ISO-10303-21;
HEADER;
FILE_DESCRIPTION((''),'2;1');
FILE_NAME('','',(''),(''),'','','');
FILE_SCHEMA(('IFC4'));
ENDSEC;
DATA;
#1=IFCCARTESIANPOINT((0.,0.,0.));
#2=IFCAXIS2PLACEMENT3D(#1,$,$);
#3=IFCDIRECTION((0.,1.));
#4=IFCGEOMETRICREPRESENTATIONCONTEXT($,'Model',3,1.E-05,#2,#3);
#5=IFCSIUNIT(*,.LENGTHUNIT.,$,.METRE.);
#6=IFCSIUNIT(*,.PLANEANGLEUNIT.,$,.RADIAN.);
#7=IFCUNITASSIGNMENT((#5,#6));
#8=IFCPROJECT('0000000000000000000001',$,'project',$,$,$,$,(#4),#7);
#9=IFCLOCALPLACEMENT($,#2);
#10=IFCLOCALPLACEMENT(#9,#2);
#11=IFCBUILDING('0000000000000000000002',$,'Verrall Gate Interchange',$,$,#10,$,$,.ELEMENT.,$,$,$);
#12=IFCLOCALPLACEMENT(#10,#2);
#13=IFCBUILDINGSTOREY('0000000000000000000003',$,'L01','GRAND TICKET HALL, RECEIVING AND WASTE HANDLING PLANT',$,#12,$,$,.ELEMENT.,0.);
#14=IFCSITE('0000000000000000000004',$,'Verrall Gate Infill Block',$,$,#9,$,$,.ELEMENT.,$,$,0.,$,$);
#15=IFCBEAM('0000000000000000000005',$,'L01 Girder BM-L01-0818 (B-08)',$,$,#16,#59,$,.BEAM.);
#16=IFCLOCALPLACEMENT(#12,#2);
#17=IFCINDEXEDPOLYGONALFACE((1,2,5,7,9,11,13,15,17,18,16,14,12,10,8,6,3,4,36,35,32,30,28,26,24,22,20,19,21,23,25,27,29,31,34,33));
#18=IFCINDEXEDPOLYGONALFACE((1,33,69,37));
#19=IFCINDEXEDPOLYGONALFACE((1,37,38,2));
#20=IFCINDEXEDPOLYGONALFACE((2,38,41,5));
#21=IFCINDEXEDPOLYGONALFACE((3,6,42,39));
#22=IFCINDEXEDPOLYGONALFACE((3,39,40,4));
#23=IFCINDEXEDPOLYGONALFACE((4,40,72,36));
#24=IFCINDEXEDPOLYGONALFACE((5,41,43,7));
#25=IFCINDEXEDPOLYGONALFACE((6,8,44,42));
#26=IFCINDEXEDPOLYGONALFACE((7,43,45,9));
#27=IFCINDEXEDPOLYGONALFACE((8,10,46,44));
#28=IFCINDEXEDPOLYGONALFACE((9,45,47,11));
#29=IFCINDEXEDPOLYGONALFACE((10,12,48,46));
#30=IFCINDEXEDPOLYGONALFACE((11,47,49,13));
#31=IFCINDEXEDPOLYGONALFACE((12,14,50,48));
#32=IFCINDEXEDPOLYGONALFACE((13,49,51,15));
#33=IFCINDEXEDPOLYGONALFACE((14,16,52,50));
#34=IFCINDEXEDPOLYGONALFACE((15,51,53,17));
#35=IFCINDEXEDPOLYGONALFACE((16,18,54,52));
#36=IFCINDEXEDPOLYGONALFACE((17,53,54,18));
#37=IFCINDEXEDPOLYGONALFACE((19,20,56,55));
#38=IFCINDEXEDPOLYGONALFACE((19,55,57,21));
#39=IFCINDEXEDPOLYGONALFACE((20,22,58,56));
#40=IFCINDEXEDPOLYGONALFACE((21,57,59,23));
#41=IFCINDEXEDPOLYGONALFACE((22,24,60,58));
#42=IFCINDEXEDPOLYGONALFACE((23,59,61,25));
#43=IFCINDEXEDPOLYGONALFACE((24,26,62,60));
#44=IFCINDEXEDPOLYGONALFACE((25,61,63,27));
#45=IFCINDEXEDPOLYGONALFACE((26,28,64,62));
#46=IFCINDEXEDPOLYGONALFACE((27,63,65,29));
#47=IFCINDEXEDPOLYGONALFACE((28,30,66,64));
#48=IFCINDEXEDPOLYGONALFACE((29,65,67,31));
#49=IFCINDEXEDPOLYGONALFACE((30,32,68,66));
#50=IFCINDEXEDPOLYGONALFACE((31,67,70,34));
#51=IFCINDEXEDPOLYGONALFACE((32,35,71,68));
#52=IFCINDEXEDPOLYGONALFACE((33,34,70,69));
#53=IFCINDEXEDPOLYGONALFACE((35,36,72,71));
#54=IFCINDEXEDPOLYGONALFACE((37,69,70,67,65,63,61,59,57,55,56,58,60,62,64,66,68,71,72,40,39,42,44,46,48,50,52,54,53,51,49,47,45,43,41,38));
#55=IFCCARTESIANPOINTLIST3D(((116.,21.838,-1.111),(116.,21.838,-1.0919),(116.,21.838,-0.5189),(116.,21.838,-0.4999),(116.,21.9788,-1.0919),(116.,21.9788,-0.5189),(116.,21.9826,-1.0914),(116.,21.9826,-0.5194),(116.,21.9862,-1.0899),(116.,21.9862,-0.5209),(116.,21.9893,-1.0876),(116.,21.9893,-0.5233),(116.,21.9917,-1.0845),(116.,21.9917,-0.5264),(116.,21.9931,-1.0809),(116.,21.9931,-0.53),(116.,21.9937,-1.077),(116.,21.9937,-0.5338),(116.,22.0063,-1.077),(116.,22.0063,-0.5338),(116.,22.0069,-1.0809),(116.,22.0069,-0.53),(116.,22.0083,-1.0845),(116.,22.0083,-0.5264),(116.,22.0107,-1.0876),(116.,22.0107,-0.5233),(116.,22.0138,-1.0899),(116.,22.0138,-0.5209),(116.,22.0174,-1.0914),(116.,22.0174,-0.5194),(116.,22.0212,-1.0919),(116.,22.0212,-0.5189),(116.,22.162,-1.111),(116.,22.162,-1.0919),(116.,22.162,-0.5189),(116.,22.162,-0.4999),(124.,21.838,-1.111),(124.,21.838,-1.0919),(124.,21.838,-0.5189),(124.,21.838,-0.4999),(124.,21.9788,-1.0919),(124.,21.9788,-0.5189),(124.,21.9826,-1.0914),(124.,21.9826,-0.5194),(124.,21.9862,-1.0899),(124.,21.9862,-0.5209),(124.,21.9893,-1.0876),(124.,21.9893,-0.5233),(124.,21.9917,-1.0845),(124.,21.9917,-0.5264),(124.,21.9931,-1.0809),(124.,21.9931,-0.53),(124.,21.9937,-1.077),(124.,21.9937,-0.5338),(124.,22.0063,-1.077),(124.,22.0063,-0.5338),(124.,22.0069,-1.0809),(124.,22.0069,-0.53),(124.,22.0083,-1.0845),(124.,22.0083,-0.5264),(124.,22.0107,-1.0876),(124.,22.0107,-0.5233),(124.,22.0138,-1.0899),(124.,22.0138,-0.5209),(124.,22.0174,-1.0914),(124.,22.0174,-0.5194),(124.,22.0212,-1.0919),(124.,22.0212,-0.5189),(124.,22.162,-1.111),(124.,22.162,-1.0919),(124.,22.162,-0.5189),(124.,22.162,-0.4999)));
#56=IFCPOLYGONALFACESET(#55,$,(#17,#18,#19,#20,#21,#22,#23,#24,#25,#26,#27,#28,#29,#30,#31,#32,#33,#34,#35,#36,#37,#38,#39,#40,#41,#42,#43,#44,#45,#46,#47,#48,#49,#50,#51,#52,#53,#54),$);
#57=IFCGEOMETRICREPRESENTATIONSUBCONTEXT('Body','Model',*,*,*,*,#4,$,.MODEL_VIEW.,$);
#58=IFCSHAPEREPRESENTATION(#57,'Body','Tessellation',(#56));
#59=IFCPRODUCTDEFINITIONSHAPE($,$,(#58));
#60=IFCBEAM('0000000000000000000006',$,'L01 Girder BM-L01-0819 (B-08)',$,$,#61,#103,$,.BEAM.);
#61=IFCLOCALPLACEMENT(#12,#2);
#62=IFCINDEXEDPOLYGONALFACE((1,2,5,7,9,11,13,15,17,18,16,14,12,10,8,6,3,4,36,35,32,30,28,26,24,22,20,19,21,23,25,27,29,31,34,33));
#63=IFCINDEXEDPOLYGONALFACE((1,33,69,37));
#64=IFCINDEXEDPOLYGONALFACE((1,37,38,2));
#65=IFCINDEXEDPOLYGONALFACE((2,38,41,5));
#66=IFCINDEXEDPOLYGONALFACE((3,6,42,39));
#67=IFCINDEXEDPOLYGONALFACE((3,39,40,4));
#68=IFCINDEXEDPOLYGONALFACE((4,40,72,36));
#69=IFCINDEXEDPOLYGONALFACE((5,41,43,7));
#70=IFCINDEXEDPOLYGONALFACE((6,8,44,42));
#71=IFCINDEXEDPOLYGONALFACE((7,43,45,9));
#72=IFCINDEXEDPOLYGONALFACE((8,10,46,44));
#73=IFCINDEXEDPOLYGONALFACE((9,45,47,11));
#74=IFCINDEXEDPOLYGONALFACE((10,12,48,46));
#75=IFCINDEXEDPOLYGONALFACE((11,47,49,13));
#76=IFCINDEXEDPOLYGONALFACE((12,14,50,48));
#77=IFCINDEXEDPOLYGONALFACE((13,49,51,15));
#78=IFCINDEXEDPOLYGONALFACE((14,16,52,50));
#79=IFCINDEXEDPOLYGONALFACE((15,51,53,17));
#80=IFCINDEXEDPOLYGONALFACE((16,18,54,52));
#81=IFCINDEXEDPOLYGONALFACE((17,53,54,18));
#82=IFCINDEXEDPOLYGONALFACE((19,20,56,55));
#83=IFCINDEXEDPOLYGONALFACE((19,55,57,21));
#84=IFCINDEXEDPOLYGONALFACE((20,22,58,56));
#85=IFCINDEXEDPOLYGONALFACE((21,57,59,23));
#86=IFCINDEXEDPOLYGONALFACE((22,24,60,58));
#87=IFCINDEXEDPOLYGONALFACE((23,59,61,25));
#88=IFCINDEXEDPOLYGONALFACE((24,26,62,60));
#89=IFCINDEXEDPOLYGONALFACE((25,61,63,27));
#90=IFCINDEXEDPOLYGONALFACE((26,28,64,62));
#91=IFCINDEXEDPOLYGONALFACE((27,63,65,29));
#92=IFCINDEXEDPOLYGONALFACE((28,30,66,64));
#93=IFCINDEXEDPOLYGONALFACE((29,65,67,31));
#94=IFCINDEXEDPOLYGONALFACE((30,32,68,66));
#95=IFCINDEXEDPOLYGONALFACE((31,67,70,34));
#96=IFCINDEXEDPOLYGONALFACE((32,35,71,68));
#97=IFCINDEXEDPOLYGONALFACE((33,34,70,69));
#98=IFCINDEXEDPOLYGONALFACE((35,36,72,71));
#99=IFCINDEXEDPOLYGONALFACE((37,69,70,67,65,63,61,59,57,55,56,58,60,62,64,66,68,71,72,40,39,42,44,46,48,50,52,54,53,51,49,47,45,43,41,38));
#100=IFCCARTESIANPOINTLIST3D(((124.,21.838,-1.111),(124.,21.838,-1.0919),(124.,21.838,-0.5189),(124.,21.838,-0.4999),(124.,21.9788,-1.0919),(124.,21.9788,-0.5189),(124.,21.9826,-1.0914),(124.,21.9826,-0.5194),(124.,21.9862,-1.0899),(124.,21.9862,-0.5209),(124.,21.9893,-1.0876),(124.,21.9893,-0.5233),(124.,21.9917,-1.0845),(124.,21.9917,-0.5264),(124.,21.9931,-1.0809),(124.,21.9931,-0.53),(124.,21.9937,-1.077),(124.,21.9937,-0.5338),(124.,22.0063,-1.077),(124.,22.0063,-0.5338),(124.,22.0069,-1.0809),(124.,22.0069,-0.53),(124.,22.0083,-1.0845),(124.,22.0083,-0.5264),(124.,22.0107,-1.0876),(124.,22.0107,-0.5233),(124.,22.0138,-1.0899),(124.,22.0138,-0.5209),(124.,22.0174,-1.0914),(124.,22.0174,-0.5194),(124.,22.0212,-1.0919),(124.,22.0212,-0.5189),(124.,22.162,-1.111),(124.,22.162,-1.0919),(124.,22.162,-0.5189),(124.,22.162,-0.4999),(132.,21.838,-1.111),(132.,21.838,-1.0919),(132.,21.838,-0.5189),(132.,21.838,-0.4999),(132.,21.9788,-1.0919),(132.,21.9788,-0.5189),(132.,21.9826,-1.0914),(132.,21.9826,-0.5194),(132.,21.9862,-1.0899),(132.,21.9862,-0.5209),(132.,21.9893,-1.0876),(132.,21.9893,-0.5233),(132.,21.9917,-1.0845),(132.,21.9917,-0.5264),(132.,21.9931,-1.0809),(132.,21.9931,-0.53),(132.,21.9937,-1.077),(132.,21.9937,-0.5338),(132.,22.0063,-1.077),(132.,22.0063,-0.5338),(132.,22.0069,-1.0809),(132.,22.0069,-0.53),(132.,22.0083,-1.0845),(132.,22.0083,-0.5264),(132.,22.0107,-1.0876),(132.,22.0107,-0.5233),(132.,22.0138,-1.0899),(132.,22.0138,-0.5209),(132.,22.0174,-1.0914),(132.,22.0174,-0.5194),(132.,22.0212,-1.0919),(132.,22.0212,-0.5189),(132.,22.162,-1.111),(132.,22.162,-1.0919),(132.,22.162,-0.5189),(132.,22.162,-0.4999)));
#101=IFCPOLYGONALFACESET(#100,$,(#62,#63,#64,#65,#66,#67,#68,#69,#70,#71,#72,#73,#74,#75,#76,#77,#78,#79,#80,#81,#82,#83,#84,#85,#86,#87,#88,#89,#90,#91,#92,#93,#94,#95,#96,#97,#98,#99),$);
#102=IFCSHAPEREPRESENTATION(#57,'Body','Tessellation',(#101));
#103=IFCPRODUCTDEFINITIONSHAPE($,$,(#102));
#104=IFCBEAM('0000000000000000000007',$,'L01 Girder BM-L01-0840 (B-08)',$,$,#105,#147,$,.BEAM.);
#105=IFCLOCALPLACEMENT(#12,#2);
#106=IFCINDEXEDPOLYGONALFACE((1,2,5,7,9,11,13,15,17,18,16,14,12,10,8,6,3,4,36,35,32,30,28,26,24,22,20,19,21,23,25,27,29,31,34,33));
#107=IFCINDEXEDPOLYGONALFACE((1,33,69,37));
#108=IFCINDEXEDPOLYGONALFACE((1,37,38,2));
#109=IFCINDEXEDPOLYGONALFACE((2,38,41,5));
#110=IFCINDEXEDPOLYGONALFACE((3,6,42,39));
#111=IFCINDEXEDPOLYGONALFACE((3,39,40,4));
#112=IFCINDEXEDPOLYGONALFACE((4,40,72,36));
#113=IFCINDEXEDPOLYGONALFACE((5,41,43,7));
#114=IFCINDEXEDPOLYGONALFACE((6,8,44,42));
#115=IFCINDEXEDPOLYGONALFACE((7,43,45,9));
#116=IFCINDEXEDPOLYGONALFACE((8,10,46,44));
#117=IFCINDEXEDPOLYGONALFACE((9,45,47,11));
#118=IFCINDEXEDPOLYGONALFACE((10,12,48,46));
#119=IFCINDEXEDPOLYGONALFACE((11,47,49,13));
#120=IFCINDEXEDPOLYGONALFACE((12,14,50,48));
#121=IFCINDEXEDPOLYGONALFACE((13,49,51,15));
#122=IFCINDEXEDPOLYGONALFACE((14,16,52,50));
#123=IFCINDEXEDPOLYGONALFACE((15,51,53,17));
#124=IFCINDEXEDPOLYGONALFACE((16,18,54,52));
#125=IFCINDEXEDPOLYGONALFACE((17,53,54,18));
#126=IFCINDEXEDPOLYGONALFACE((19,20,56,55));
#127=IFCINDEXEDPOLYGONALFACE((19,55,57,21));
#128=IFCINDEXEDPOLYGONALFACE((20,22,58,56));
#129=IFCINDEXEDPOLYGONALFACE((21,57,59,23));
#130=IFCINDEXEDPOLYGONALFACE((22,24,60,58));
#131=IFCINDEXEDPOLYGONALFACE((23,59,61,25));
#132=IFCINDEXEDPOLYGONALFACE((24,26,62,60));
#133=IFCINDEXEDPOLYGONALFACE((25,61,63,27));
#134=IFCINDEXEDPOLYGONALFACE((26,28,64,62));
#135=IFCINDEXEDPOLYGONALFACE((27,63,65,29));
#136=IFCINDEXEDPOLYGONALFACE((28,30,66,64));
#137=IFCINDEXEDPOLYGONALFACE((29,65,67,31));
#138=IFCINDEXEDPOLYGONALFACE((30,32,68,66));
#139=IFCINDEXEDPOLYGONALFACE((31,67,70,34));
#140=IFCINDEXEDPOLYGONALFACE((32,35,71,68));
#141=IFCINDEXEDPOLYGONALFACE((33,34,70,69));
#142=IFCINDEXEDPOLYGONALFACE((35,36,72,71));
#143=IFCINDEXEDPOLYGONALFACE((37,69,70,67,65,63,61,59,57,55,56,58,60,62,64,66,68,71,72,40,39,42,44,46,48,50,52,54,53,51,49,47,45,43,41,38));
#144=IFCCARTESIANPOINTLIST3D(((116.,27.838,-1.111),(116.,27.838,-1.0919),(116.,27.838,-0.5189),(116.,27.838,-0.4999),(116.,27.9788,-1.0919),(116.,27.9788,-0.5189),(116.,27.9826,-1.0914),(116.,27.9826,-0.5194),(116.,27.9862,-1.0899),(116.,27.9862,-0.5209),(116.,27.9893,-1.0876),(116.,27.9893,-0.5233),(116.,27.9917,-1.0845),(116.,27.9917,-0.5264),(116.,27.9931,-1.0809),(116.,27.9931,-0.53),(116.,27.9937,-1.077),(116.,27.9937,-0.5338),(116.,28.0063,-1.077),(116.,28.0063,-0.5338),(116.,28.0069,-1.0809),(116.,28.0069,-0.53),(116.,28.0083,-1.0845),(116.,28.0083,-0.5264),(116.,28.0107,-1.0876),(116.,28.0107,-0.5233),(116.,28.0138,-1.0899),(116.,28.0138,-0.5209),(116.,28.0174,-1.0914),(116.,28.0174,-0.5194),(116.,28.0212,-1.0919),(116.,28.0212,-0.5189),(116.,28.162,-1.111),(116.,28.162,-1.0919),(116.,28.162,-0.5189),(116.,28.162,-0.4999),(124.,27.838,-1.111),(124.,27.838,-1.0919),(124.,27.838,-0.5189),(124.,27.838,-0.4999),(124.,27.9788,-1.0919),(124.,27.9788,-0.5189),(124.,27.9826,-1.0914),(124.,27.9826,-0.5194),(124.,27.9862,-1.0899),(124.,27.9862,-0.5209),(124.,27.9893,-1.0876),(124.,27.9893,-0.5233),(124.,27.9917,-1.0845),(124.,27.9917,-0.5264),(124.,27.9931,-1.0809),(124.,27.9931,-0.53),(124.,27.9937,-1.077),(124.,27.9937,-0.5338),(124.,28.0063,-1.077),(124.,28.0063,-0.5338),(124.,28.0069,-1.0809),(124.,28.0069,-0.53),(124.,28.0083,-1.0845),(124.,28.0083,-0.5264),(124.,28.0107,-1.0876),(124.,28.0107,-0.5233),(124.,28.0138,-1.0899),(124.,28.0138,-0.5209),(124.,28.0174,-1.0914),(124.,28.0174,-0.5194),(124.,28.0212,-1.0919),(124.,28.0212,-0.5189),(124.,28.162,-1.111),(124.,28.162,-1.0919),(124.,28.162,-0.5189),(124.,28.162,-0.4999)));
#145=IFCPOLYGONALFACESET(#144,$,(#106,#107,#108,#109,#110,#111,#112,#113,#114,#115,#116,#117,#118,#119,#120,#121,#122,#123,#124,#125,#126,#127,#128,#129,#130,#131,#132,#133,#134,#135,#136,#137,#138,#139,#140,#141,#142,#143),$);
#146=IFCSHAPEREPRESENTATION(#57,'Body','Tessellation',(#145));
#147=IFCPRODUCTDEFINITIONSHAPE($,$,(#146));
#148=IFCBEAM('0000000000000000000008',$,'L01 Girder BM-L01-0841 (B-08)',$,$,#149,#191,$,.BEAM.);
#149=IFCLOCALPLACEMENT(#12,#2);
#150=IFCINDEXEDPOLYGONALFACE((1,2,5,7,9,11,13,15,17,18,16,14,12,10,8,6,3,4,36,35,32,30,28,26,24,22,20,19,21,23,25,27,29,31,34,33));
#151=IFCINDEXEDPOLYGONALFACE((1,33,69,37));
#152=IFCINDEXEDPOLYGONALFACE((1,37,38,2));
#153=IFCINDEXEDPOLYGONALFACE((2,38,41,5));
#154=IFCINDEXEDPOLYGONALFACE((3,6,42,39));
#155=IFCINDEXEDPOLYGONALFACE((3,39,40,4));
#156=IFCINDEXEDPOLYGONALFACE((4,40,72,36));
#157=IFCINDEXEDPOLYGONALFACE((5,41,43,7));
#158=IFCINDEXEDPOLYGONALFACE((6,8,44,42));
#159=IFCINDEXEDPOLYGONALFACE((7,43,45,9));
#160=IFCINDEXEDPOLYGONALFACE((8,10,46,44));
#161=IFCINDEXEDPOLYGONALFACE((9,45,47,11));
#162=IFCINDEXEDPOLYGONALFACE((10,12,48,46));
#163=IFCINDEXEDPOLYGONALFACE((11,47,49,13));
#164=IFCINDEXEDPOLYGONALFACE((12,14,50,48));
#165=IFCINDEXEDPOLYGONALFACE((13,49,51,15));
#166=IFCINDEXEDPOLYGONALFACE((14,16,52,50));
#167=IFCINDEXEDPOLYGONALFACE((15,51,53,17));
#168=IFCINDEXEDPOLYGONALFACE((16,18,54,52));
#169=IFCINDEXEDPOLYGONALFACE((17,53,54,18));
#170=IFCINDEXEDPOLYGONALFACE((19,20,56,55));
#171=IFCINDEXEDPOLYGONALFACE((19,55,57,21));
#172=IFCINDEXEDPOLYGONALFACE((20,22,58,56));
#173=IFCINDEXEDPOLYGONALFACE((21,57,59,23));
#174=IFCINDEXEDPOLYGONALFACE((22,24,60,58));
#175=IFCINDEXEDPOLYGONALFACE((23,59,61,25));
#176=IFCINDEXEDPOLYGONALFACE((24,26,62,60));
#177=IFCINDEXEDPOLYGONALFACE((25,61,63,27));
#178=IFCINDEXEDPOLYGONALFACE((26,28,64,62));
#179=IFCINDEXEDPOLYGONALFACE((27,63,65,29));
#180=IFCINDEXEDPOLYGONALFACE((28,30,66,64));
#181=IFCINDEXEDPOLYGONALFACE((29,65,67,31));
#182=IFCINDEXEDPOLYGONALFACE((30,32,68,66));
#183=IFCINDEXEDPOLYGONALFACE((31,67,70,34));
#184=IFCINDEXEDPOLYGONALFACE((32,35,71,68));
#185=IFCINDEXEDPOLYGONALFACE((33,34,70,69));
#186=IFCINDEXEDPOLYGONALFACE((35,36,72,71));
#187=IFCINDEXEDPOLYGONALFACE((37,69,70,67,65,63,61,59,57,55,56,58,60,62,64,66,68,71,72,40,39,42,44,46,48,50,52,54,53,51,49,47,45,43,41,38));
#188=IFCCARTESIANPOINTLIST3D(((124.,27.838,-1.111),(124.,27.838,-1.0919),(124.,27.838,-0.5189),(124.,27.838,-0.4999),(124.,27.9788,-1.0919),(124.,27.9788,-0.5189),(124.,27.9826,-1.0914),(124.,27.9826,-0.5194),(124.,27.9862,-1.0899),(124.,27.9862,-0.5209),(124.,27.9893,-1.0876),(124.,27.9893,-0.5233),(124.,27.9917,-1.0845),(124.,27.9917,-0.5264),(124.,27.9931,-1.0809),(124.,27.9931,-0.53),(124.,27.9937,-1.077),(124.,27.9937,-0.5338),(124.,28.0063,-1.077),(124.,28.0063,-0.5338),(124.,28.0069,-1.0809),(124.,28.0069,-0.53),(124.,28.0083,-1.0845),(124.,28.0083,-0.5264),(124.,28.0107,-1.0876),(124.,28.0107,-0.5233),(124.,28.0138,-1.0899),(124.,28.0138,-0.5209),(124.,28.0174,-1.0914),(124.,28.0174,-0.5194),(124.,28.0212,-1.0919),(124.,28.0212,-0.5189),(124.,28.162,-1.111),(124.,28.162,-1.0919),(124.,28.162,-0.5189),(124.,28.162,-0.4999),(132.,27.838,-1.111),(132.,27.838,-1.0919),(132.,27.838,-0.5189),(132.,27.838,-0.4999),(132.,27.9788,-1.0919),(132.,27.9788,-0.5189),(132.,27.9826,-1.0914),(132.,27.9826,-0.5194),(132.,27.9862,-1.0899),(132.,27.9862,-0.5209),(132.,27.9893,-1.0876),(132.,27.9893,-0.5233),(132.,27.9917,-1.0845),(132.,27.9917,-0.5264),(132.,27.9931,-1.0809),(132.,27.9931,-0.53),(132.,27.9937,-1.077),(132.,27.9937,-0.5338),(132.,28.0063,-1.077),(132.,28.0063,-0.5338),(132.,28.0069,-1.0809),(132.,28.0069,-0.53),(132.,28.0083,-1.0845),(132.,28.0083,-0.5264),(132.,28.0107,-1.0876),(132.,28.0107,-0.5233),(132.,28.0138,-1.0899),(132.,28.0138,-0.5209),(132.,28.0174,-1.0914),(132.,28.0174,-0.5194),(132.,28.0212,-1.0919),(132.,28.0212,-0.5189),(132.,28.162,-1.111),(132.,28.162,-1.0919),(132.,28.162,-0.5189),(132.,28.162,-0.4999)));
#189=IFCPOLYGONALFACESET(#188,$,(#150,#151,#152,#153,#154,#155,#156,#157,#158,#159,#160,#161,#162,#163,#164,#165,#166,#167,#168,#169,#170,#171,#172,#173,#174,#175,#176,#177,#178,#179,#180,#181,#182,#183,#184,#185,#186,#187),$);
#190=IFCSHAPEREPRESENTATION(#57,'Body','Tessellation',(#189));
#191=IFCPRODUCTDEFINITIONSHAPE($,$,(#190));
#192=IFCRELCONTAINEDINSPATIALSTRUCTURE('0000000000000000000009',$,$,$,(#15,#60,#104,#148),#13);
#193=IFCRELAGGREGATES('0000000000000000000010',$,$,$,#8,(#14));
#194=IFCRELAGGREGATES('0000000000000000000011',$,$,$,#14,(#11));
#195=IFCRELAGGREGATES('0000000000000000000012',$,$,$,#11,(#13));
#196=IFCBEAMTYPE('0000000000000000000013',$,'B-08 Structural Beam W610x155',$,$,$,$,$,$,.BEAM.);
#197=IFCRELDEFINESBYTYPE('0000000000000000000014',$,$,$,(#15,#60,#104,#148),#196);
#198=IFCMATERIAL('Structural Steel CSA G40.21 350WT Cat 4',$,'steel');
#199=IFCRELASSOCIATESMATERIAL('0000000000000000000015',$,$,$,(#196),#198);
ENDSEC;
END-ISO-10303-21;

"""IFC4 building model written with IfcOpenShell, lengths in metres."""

from ifc_helpers import new_model, si_unit, direction, frame, origin, origin_2d, place, context, subcontext, project, spatial, i_section, extrude, material, material_profile, profile_set, type_object, element, save


model = new_model("IFC4")

# Units and contexts
model_context = context("Model", 3, precision=1e-05, world=origin(), true_north=direction((0.0, 1.0)))
body_context = subcontext(model_context, "Body", "Model", "MODEL_VIEW")
ifc_project = project(units=[si_unit("LENGTHUNIT", "METRE"), si_unit("PLANEANGLEUNIT", "RADIAN")], contexts=[model_context])

# Site, building, storey
site_placement = place(None, origin())
site = spatial("IfcSite", under=ifc_project, at=site_placement, Name="Verrall Gate Infill Block", CompositionType="ELEMENT", RefElevation=0.0)
building_placement = place(site_placement, origin())
building = spatial("IfcBuilding", under=site, at=building_placement, Name="Verrall Gate Interchange", CompositionType="ELEMENT")
storey_placement = place(building_placement, origin())
storey = spatial("IfcBuildingStorey", under=building, at=storey_placement, Name="L01", Description="GRAND TICKET HALL, RECEIVING AND WASTE HANDLING PLANT", CompositionType="ELEMENT", Elevation=0.0)

# Beams
ifc_material_1 = material(Name="Structural Steel CSA G40.21 350WT Cat 4", Category="steel")
ifc_material_profile_1 = material_profile(ifc_material_1, i_section(OverallWidth=0.324, OverallDepth=0.6111, WebThickness=0.0127, FlangeThickness=0.019, FilletRadius=0.0149, at=origin_2d()), Name="W610x155")
ifc_profile_set_1 = profile_set([ifc_material_profile_1], Name="Structural Steel CSA G40.21 350WT Cat 4")
beam_type_1 = type_object("IfcBeamType", Name="B-08 Structural Beam W610x155", PredefinedType="BEAM", material=ifc_profile_set_1)
for number, where, z_axis, x_axis, name in (
    (1, (116.0, 22.0, -0.8054), (1.0, 0.0, 0.0), (0.0, 1.0, 0.0), "L01 Girder BM-L01-0818 (B-08)"),
    (2, (124.0, 22.0, -0.8054), (1.0, 0.0, 0.0), (0.0, 1.0, 0.0), "L01 Girder BM-L01-0819 (B-08)"),
    (3, (116.0, 28.0, -0.8054), (1.0, 0.0, 0.0), (0.0, 1.0, 0.0), "L01 Girder BM-L01-0840 (B-08)"),
    (4, (124.0, 28.0, -0.8054), (1.0, 0.0, 0.0), (0.0, 1.0, 0.0), "L01 Girder BM-L01-0841 (B-08)"),
):
    element("IfcBeam", number, at=place(storey_placement, frame(where, z_axis=z_axis, x_axis=x_axis)), inside=storey, type_object=beam_type_1, Name=name, PredefinedType="BEAM", context=body_context, shape_type="SweptSolid", body=[
        extrude(i_section(OverallWidth=0.324, OverallDepth=0.6111, WebThickness=0.0127, FlangeThickness=0.019, FilletRadius=0.0149, at=origin_2d()), origin(), (0.0, 0.0, 1.0), 8.0),
    ])

save(model, "model.ifc")
